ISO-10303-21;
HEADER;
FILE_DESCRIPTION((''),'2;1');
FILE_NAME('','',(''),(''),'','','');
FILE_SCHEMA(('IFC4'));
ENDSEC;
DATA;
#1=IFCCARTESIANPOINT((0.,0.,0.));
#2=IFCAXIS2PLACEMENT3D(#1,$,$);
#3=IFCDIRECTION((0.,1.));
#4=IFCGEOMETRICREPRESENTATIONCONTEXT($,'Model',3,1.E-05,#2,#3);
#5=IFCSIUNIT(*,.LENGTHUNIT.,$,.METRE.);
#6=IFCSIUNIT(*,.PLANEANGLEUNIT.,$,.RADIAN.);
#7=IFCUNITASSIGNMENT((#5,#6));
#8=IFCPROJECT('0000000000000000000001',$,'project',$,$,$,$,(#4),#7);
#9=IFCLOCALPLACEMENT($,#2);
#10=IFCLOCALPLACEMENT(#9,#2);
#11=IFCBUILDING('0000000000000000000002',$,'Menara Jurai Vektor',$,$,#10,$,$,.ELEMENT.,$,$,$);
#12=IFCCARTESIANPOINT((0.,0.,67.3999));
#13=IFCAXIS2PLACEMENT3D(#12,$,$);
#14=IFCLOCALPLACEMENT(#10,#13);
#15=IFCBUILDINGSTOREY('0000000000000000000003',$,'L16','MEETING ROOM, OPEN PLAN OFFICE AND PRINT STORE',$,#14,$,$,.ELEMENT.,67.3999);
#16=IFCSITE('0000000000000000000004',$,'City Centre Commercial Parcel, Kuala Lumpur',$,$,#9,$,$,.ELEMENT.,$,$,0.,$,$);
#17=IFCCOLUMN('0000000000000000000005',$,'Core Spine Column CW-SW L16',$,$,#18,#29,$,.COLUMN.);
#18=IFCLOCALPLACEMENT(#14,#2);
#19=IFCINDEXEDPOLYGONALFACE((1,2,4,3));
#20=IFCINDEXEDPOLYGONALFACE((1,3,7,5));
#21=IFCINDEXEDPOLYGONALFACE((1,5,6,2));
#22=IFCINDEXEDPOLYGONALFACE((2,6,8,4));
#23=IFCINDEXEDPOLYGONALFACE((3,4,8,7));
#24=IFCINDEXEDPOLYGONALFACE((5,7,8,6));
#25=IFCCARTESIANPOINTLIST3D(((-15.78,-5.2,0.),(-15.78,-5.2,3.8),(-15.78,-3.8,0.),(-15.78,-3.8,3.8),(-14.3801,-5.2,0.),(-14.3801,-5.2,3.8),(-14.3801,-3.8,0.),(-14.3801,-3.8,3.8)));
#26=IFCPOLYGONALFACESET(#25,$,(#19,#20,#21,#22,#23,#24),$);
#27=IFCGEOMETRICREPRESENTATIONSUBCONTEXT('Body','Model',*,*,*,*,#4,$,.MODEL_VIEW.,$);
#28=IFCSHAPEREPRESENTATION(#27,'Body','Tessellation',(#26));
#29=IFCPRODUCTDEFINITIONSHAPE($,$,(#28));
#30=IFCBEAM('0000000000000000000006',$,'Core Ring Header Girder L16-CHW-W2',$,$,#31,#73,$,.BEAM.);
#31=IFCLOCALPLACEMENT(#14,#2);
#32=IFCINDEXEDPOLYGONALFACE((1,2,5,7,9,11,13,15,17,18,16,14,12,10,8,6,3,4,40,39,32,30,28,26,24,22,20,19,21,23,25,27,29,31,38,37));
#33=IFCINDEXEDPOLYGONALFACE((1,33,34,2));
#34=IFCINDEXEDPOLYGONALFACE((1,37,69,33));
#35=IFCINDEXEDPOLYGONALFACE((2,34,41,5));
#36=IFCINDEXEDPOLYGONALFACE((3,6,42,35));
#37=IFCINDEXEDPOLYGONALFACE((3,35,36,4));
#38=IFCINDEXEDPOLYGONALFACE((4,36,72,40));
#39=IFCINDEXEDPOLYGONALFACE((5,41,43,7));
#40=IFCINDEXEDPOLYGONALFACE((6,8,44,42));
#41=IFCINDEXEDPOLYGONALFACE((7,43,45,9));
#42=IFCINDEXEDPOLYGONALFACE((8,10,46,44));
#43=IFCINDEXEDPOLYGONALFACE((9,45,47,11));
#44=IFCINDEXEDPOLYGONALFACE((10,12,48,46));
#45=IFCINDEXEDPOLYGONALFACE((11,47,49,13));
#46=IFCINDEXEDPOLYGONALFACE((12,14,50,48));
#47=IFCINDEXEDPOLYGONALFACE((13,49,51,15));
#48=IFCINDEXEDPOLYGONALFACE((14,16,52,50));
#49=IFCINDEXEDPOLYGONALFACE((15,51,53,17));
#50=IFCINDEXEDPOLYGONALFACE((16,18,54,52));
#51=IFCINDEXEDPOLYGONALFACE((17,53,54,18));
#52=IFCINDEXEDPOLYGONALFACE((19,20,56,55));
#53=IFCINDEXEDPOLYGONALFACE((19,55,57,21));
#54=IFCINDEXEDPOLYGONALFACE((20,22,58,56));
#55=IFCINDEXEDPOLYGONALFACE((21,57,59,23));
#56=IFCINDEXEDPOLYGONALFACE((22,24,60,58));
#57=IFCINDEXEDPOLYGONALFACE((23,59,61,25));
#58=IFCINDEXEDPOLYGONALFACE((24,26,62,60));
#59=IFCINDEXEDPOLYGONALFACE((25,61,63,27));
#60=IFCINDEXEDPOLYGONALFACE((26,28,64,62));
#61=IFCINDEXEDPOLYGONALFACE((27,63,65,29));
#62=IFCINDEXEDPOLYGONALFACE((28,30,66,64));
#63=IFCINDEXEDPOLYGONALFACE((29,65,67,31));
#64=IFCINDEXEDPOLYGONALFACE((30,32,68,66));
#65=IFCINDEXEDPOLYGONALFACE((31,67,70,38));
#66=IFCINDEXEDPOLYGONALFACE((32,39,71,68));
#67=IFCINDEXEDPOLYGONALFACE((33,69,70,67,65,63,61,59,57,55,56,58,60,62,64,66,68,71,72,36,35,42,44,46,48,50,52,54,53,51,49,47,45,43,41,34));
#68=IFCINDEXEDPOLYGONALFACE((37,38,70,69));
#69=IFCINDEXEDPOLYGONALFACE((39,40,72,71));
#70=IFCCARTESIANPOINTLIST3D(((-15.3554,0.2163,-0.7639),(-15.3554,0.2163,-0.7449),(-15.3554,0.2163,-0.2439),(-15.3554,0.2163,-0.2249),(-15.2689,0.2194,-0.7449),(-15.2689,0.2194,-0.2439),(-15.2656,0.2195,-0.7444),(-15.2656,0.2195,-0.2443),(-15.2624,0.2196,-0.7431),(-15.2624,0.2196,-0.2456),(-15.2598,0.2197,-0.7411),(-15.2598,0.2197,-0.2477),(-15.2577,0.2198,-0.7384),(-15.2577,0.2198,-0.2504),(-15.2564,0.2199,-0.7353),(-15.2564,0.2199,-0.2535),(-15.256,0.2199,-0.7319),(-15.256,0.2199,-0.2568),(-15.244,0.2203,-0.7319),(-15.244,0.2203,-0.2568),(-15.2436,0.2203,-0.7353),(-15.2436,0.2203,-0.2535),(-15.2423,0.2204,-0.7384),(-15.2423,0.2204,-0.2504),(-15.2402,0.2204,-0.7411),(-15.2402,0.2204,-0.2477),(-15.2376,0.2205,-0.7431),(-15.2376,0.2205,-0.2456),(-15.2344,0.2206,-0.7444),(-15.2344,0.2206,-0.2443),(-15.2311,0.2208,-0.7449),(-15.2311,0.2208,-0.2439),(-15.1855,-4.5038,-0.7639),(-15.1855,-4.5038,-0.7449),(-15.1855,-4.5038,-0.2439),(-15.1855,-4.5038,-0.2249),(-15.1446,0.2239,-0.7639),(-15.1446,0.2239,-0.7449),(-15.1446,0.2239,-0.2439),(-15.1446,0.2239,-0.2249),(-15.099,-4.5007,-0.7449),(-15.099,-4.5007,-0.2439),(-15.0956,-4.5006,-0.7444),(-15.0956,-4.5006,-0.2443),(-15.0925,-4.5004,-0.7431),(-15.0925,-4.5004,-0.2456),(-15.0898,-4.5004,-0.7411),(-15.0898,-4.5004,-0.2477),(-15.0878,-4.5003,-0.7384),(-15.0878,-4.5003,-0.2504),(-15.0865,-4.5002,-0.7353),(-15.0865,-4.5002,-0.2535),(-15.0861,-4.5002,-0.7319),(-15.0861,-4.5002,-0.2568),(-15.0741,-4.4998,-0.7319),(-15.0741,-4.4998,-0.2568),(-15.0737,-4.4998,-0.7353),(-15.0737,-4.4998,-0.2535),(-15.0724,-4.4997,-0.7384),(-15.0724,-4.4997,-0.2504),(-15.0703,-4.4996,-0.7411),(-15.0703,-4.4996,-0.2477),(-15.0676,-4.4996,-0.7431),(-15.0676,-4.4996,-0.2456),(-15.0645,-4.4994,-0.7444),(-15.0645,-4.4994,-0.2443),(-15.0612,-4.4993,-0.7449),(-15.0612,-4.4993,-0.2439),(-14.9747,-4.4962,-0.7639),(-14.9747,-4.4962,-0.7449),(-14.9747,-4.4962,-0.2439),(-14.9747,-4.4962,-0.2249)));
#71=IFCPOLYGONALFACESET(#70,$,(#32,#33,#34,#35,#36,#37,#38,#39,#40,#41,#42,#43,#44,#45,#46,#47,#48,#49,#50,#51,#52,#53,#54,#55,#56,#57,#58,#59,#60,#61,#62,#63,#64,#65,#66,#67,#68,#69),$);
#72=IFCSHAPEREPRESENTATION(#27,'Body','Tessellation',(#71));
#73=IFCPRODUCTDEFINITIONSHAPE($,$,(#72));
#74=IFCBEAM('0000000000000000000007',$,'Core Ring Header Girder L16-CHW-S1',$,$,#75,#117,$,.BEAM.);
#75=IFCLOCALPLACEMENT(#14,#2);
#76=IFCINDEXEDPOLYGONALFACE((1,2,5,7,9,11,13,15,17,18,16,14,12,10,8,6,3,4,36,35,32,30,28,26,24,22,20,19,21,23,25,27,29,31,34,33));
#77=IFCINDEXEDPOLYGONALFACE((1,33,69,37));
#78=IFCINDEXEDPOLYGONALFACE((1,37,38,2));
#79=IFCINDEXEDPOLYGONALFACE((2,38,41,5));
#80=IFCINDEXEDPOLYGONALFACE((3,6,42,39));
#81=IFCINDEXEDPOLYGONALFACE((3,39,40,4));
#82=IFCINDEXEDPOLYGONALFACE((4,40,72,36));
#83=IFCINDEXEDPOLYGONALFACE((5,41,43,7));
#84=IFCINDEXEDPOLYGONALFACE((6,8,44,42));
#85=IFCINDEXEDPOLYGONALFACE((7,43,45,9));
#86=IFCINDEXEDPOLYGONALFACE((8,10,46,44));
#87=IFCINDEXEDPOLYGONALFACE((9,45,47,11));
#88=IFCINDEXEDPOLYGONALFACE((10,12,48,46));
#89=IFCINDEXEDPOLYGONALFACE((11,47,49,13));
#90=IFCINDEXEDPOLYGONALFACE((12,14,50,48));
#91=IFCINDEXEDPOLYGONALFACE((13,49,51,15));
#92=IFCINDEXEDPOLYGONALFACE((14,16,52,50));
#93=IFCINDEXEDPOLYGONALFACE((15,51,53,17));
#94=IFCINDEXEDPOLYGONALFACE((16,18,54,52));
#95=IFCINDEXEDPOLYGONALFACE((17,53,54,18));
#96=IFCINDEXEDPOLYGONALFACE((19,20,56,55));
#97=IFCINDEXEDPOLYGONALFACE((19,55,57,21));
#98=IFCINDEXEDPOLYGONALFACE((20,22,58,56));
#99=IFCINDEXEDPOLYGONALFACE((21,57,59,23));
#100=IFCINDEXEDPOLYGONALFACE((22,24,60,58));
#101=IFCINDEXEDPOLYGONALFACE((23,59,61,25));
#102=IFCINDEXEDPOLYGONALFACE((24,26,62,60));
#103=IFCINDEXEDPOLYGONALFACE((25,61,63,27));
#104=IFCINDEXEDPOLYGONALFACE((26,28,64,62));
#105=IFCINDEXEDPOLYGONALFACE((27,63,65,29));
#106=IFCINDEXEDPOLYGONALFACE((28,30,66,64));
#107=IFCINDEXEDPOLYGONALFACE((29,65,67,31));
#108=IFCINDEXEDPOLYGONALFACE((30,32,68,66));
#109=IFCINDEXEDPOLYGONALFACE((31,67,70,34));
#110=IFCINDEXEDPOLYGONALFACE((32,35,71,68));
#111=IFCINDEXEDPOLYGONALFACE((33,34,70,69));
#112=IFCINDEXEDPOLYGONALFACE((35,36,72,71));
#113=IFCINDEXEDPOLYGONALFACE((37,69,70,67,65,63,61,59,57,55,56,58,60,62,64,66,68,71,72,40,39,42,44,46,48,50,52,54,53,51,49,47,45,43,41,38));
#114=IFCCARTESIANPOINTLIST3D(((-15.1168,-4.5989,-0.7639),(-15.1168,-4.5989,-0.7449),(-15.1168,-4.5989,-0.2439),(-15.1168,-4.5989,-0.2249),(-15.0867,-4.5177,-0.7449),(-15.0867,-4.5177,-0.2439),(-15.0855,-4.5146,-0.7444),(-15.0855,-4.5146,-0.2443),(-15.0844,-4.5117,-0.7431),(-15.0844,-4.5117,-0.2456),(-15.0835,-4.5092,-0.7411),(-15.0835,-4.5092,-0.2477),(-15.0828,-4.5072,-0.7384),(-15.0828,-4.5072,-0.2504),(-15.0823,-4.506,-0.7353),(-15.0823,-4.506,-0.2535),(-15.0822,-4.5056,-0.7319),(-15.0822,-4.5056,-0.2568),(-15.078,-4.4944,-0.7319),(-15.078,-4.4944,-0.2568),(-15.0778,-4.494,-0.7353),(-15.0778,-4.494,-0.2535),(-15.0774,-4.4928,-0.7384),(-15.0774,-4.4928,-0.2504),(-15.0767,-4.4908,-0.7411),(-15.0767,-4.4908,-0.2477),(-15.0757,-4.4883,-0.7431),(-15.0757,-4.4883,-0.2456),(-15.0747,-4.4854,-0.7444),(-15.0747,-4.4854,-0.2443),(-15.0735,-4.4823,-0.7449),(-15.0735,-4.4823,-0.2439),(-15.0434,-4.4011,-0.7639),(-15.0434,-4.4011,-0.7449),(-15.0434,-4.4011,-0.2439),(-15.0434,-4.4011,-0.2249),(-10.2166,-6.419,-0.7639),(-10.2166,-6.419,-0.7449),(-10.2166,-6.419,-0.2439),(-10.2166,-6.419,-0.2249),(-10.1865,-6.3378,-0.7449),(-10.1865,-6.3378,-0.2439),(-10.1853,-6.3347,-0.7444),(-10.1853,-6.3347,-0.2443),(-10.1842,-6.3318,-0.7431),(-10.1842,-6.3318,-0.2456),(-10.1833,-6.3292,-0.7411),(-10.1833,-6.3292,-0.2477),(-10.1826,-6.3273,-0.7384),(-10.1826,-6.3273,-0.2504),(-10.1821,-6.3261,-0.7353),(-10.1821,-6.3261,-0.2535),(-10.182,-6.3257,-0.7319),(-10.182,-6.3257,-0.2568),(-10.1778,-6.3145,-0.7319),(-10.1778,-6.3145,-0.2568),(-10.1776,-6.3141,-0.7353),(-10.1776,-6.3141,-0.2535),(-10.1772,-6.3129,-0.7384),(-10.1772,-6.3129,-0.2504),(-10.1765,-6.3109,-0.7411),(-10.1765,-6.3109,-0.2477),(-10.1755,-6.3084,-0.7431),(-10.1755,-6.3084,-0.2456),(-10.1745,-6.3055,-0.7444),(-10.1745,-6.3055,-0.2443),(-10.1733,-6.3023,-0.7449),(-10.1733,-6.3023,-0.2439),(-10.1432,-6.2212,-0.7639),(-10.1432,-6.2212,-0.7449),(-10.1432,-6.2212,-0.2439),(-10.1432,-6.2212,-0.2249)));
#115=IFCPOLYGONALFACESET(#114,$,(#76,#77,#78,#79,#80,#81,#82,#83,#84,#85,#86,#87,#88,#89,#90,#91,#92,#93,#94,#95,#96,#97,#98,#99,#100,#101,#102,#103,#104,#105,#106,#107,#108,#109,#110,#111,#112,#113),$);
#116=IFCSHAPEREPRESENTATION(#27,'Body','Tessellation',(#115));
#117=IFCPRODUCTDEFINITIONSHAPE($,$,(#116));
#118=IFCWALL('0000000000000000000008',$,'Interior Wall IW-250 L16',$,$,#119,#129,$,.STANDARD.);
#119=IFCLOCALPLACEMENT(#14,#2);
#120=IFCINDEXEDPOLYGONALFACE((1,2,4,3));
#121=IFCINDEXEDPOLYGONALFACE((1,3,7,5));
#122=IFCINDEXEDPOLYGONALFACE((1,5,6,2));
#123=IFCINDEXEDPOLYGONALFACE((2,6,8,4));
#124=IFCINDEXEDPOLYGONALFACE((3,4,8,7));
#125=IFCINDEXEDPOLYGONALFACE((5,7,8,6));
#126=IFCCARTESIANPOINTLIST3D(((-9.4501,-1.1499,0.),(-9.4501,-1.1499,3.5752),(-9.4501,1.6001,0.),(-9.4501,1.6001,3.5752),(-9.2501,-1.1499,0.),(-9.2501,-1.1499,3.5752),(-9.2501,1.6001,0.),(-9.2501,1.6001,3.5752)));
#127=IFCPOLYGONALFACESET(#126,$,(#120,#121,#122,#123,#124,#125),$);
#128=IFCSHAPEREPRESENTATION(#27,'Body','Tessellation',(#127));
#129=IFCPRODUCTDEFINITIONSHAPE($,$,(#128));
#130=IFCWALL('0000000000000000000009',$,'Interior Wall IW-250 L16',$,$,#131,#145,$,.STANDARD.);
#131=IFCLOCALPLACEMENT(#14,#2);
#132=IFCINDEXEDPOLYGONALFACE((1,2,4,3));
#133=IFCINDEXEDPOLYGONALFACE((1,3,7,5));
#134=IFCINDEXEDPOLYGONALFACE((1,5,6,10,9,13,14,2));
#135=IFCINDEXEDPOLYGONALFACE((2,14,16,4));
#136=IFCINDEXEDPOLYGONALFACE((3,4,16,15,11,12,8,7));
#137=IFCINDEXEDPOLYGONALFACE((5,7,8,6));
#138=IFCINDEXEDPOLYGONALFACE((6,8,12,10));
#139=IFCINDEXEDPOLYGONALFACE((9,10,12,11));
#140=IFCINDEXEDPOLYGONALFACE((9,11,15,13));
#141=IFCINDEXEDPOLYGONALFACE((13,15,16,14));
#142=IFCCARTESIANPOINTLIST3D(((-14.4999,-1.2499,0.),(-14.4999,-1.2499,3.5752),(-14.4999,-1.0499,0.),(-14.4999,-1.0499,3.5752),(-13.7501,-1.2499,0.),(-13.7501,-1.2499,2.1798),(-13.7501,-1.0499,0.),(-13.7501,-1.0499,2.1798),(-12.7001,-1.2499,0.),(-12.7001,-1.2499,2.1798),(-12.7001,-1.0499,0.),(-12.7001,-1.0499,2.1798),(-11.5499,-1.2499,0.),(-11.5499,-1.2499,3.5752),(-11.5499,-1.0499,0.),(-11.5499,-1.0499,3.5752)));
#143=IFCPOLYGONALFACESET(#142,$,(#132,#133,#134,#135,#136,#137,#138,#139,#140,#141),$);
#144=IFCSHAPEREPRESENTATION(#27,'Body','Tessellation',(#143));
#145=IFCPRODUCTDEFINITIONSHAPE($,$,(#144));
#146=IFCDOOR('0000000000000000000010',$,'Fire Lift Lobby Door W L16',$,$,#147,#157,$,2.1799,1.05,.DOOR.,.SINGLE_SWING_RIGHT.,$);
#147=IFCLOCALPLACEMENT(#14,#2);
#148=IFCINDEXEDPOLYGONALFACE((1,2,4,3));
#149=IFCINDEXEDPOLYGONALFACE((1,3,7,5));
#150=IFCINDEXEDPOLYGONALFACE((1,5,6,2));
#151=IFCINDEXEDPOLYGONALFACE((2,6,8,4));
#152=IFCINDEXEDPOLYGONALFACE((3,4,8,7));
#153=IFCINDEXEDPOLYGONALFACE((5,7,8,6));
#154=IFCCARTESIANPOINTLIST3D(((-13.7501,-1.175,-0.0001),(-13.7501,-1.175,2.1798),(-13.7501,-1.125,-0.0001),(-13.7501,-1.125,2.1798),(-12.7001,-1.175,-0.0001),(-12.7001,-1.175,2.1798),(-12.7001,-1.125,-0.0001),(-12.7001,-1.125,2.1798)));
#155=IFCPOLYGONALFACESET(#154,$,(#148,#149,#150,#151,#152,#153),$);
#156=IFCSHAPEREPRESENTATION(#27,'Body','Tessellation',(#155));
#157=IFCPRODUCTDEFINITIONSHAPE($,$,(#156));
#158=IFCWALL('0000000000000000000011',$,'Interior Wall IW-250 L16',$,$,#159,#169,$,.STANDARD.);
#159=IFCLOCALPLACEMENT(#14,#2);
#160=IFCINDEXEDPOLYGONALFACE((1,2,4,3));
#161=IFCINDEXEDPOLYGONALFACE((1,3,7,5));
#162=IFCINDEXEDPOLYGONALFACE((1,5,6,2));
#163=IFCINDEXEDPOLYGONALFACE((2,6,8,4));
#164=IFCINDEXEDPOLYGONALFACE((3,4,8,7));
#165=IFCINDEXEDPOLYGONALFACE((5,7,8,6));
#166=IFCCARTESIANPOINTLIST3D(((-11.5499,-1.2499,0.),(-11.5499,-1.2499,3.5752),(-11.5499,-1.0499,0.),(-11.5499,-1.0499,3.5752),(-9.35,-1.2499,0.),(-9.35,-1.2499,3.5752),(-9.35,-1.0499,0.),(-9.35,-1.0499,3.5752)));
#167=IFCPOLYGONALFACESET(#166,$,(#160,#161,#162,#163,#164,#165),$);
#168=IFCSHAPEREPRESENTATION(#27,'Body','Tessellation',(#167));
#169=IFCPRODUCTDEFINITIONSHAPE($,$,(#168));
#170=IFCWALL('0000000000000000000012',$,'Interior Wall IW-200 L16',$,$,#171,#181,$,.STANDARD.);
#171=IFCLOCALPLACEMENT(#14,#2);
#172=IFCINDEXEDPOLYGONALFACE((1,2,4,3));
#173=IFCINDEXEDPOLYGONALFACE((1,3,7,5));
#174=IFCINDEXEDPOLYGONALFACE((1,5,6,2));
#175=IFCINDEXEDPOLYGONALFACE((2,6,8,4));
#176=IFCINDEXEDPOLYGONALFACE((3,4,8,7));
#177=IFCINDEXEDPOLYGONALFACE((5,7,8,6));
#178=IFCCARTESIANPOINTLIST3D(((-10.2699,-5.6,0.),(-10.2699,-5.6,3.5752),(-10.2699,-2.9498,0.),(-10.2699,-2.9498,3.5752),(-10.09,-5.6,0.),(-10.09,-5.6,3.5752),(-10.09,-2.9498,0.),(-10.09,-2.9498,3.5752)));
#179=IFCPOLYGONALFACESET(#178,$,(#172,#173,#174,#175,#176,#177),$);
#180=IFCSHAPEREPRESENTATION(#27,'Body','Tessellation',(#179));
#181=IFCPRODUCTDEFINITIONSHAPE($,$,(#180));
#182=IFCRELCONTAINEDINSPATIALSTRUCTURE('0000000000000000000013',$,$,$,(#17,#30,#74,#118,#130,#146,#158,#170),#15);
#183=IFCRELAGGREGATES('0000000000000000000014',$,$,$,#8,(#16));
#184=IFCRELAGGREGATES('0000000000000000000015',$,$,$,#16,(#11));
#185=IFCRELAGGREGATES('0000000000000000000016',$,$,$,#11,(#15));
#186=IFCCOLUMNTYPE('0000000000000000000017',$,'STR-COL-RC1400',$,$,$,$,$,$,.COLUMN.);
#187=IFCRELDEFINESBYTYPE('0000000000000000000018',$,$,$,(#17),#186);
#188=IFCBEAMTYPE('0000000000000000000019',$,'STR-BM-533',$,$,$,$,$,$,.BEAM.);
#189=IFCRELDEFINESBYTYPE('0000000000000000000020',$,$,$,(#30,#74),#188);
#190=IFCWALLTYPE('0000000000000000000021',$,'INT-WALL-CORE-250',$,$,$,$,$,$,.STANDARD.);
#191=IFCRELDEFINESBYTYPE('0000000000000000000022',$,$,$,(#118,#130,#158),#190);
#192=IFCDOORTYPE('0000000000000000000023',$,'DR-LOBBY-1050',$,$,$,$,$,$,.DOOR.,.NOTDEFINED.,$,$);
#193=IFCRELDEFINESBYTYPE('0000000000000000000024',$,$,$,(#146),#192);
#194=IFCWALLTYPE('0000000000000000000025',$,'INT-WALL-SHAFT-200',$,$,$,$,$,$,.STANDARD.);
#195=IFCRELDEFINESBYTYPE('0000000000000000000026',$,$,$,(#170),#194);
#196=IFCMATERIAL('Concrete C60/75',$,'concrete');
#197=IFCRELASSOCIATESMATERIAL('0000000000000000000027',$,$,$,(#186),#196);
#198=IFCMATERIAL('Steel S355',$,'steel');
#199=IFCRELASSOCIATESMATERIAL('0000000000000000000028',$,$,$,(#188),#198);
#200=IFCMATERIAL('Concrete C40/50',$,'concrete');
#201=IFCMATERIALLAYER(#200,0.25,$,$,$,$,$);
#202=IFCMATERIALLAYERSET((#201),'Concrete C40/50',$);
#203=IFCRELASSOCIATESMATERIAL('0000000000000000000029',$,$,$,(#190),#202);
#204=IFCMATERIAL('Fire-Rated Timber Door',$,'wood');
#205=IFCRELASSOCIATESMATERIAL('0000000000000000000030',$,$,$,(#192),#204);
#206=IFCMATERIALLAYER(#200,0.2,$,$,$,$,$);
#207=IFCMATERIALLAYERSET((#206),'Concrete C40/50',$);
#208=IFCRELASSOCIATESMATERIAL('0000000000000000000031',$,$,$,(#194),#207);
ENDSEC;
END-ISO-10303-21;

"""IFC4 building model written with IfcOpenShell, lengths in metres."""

from ifc_helpers import new_model, si_unit, direction, frame, frame_2d, origin, origin_2d, place, context, subcontext, project, spatial, rectangle, i_section, extrude, material, layer, layer_set, material_profile, profile_set, type_object, element, fill, save


model = new_model("IFC4")

# Units and contexts
model_context = context("Model", 3, precision=1e-05, world=origin(), true_north=direction((0.0, 1.0)))
body_context = subcontext(model_context, "Body", "Model", "MODEL_VIEW")
ifc_project = project(units=[si_unit("LENGTHUNIT", "METRE"), si_unit("PLANEANGLEUNIT", "RADIAN")], contexts=[model_context])

# Site, building, storey
site_placement = place(None, origin())
site = spatial("IfcSite", under=ifc_project, at=site_placement, Name="City Centre Commercial Parcel, Kuala Lumpur", CompositionType="ELEMENT", RefElevation=0.0)
building_placement = place(site_placement, origin())
building = spatial("IfcBuilding", under=site, at=building_placement, Name="Menara Jurai Vektor", CompositionType="ELEMENT")
storey_placement = place(building_placement, frame((0.0, 0.0, 67.3999)))
storey = spatial("IfcBuildingStorey", under=building, at=storey_placement, Name="L16", Description="MEETING ROOM, OPEN PLAN OFFICE AND PRINT STORE", CompositionType="ELEMENT", Elevation=67.3999)

# Column
ifc_material_1 = material(Name="Concrete C60/75", Category="concrete")
ifc_material_profile_1 = material_profile(ifc_material_1, rectangle(XDim=1.3999, YDim=1.3999, at=origin_2d()), Name="RC 1400x1400")
ifc_profile_set_1 = profile_set([ifc_material_profile_1], Name="Concrete C60/75")
column_type = type_object("IfcColumnType", Name="STR-COL-RC1400", PredefinedType="COLUMN", material=ifc_profile_set_1)
column_placement = place(storey_placement, frame((-15.0801, -4.5, 0.0), z_axis=(0.0, 0.0, 1.0), x_axis=(1.0, 0.0, 0.0)))
element("IfcColumn", 1, at=column_placement, inside=storey, type_object=column_type, Name="Core Spine Column CW-SW L16", PredefinedType="COLUMN", context=body_context, shape_type="SweptSolid", body=[
    extrude(rectangle(XDim=1.3999, YDim=1.3999, at=origin_2d()), origin(), (0.0, 0.0, 1.0), 3.8),
])

# Beams
ifc_material_2 = material(Name="Steel S355", Category="steel")
ifc_material_profile_2 = material_profile(ifc_material_2, i_section(OverallWidth=0.2109, OverallDepth=0.5391, WebThickness=0.012, FlangeThickness=0.019, FilletRadius=0.0129, at=origin_2d()), Name="UKB 533x210x109")
ifc_profile_set_2 = profile_set([ifc_material_profile_2], Name="Steel S355")
beam_type = type_object("IfcBeamType", Name="STR-BM-533", PredefinedType="BEAM", material=ifc_profile_set_2)
beam_1_placement = place(storey_placement, frame((-15.0801, -4.5, -0.4944), z_axis=(-0.035977, 0.999353, 0.0), x_axis=(-0.999353, -0.035977, 0.0)))
element("IfcBeam", 2, at=beam_1_placement, inside=storey, type_object=beam_type, Name="Core Ring Header Girder L16-CHW-W2", PredefinedType="BEAM", context=body_context, shape_type="SweptSolid", body=[
    extrude(i_section(OverallWidth=0.2109, OverallDepth=0.5391, WebThickness=0.012, FlangeThickness=0.019, FilletRadius=0.0129, at=origin_2d()), origin(), (0.0, 0.0, 1.0), 4.7231),
])
beam_2_placement = place(storey_placement, frame((-15.0801, -4.5, -0.4944), z_axis=(0.937424, -0.348189, 0.0), x_axis=(0.348189, 0.937424, 0.0)))
element("IfcBeam", 3, at=beam_2_placement, inside=storey, type_object=beam_type, Name="Core Ring Header Girder L16-CHW-S1", PredefinedType="BEAM", context=body_context, shape_type="SweptSolid", body=[
    extrude(i_section(OverallWidth=0.2109, OverallDepth=0.5391, WebThickness=0.012, FlangeThickness=0.019, FilletRadius=0.0129, at=origin_2d()), origin(), (0.0, 0.0, 1.0), 5.2273),
])

# Shared definitions
ifc_material_3 = material(Name="Concrete C40/50", Category="concrete")
ifc_layer_1 = layer(ifc_material_3, 0.25)
ifc_layer_set_1 = layer_set([ifc_layer_1], Name="Concrete C40/50")
wall_type_1 = type_object("IfcWallType", Name="INT-WALL-CORE-250", PredefinedType="STANDARD", material=ifc_layer_set_1)

# Wall
wall_1_placement = place(storey_placement, frame((-9.3501, -1.1499, 0.0), z_axis=(0.0, 0.0, 1.0), x_axis=(0.0, 1.0, 0.0)))
element("IfcWall", 4, at=wall_1_placement, inside=storey, type_object=wall_type_1, Name="Interior Wall IW-250 L16", PredefinedType="STANDARD", context=body_context, shape_type="SweptSolid", body=[
    extrude(rectangle(XDim=2.75, YDim=0.2, at=frame_2d((1.375, 0.0))), origin(), (0.0, 0.0, 1.0), 3.5752),
])

# Wall, opening, door
wall_2_placement = place(storey_placement, frame((-14.5, -1.1499, 0.0), z_axis=(0.0, 0.0, 1.0), x_axis=(1.0, 0.0, 0.0)))
wall_2 = element("IfcWall", 5, at=wall_2_placement, inside=storey, type_object=wall_type_1, Name="Interior Wall IW-250 L16", PredefinedType="STANDARD", context=body_context, shape_type="SweptSolid", body=[
    extrude(rectangle(XDim=2.95, YDim=0.2, at=frame_2d((1.4751, 0.0))), origin(), (0.0, 0.0, 1.0), 3.5752),
])
opening_1_placement = place(wall_2_placement, frame((0.75, 0.0, 0.0)))
opening_1 = element("IfcOpeningElement", 6, at=opening_1_placement, cuts=wall_2, PredefinedType="OPENING", context=body_context, shape_type="SweptSolid", body=[
    extrude(rectangle(XDim=1.05, YDim=2.1799, at=frame_2d((0.5249, 1.0898))), frame((0.0, 0.1099, 0.0), z_axis=(0.0, -1.0, 0.0), x_axis=(1.0, 0.0, 0.0)), (0.0, 0.0, 1.0), 0.22),
])
ifc_material_4 = material(Name="Fire-Rated Timber Door", Category="wood")
door_type_1 = type_object("IfcDoorType", Name="DR-LOBBY-1050", OperationType="NOTDEFINED", PredefinedType="DOOR", material=ifc_material_4)
door_1_placement = place(opening_1_placement, origin())
door_1 = element("IfcDoor", 7, at=door_1_placement, inside=storey, type_object=door_type_1, Name="Fire Lift Lobby Door W L16", OperationType="SINGLE_SWING_RIGHT", OverallHeight=2.1799, OverallWidth=1.05, PredefinedType="DOOR", context=body_context, shape_type="SweptSolid", body=[
    extrude(rectangle(XDim=1.05, YDim=2.1799, at=frame_2d((0.5249, 1.0898))), frame((0.0, 0.0249, 0.0), z_axis=(0.0, -1.0, 0.0), x_axis=(1.0, 0.0, 0.0)), (0.0, 0.0, 1.0), 0.05),
])
fill(opening_1, door_1)

# Wall
wall_3_placement = place(storey_placement, frame((-11.55, -1.1499, 0.0), z_axis=(0.0, 0.0, 1.0), x_axis=(1.0, 0.0, 0.0)))
element("IfcWall", 8, at=wall_3_placement, inside=storey, type_object=wall_type_1, Name="Interior Wall IW-250 L16", PredefinedType="STANDARD", context=body_context, shape_type="SweptSolid", body=[
    extrude(rectangle(XDim=2.2, YDim=0.2, at=frame_2d((1.1001, 0.0))), origin(), (0.0, 0.0, 1.0), 3.5752),
])

# Shared definitions
ifc_layer_2 = layer(ifc_material_3, 0.2)
ifc_layer_set_2 = layer_set([ifc_layer_2], Name="Concrete C40/50")
wall_type_2 = type_object("IfcWallType", Name="INT-WALL-SHAFT-200", PredefinedType="STANDARD", material=ifc_layer_set_2)

# Wall
for number, where, z_axis, x_axis, name in (
    (9, (-10.1799, -5.6001, 0.0), (0.0, 0.0, 1.0), (0.0, 1.0, 0.0), "Interior Wall IW-200 L16"),
):
    element("IfcWall", number, at=place(storey_placement, frame(where, z_axis=z_axis, x_axis=x_axis)), inside=storey, type_object=wall_type_2, Name=name, PredefinedType="STANDARD", context=body_context, shape_type="SweptSolid", body=[
        extrude(rectangle(XDim=2.6501, YDim=0.1799, at=frame_2d((1.3252, 0.0))), origin(), (0.0, 0.0, 1.0), 3.5752),
    ])

save(model, "model.ifc")
